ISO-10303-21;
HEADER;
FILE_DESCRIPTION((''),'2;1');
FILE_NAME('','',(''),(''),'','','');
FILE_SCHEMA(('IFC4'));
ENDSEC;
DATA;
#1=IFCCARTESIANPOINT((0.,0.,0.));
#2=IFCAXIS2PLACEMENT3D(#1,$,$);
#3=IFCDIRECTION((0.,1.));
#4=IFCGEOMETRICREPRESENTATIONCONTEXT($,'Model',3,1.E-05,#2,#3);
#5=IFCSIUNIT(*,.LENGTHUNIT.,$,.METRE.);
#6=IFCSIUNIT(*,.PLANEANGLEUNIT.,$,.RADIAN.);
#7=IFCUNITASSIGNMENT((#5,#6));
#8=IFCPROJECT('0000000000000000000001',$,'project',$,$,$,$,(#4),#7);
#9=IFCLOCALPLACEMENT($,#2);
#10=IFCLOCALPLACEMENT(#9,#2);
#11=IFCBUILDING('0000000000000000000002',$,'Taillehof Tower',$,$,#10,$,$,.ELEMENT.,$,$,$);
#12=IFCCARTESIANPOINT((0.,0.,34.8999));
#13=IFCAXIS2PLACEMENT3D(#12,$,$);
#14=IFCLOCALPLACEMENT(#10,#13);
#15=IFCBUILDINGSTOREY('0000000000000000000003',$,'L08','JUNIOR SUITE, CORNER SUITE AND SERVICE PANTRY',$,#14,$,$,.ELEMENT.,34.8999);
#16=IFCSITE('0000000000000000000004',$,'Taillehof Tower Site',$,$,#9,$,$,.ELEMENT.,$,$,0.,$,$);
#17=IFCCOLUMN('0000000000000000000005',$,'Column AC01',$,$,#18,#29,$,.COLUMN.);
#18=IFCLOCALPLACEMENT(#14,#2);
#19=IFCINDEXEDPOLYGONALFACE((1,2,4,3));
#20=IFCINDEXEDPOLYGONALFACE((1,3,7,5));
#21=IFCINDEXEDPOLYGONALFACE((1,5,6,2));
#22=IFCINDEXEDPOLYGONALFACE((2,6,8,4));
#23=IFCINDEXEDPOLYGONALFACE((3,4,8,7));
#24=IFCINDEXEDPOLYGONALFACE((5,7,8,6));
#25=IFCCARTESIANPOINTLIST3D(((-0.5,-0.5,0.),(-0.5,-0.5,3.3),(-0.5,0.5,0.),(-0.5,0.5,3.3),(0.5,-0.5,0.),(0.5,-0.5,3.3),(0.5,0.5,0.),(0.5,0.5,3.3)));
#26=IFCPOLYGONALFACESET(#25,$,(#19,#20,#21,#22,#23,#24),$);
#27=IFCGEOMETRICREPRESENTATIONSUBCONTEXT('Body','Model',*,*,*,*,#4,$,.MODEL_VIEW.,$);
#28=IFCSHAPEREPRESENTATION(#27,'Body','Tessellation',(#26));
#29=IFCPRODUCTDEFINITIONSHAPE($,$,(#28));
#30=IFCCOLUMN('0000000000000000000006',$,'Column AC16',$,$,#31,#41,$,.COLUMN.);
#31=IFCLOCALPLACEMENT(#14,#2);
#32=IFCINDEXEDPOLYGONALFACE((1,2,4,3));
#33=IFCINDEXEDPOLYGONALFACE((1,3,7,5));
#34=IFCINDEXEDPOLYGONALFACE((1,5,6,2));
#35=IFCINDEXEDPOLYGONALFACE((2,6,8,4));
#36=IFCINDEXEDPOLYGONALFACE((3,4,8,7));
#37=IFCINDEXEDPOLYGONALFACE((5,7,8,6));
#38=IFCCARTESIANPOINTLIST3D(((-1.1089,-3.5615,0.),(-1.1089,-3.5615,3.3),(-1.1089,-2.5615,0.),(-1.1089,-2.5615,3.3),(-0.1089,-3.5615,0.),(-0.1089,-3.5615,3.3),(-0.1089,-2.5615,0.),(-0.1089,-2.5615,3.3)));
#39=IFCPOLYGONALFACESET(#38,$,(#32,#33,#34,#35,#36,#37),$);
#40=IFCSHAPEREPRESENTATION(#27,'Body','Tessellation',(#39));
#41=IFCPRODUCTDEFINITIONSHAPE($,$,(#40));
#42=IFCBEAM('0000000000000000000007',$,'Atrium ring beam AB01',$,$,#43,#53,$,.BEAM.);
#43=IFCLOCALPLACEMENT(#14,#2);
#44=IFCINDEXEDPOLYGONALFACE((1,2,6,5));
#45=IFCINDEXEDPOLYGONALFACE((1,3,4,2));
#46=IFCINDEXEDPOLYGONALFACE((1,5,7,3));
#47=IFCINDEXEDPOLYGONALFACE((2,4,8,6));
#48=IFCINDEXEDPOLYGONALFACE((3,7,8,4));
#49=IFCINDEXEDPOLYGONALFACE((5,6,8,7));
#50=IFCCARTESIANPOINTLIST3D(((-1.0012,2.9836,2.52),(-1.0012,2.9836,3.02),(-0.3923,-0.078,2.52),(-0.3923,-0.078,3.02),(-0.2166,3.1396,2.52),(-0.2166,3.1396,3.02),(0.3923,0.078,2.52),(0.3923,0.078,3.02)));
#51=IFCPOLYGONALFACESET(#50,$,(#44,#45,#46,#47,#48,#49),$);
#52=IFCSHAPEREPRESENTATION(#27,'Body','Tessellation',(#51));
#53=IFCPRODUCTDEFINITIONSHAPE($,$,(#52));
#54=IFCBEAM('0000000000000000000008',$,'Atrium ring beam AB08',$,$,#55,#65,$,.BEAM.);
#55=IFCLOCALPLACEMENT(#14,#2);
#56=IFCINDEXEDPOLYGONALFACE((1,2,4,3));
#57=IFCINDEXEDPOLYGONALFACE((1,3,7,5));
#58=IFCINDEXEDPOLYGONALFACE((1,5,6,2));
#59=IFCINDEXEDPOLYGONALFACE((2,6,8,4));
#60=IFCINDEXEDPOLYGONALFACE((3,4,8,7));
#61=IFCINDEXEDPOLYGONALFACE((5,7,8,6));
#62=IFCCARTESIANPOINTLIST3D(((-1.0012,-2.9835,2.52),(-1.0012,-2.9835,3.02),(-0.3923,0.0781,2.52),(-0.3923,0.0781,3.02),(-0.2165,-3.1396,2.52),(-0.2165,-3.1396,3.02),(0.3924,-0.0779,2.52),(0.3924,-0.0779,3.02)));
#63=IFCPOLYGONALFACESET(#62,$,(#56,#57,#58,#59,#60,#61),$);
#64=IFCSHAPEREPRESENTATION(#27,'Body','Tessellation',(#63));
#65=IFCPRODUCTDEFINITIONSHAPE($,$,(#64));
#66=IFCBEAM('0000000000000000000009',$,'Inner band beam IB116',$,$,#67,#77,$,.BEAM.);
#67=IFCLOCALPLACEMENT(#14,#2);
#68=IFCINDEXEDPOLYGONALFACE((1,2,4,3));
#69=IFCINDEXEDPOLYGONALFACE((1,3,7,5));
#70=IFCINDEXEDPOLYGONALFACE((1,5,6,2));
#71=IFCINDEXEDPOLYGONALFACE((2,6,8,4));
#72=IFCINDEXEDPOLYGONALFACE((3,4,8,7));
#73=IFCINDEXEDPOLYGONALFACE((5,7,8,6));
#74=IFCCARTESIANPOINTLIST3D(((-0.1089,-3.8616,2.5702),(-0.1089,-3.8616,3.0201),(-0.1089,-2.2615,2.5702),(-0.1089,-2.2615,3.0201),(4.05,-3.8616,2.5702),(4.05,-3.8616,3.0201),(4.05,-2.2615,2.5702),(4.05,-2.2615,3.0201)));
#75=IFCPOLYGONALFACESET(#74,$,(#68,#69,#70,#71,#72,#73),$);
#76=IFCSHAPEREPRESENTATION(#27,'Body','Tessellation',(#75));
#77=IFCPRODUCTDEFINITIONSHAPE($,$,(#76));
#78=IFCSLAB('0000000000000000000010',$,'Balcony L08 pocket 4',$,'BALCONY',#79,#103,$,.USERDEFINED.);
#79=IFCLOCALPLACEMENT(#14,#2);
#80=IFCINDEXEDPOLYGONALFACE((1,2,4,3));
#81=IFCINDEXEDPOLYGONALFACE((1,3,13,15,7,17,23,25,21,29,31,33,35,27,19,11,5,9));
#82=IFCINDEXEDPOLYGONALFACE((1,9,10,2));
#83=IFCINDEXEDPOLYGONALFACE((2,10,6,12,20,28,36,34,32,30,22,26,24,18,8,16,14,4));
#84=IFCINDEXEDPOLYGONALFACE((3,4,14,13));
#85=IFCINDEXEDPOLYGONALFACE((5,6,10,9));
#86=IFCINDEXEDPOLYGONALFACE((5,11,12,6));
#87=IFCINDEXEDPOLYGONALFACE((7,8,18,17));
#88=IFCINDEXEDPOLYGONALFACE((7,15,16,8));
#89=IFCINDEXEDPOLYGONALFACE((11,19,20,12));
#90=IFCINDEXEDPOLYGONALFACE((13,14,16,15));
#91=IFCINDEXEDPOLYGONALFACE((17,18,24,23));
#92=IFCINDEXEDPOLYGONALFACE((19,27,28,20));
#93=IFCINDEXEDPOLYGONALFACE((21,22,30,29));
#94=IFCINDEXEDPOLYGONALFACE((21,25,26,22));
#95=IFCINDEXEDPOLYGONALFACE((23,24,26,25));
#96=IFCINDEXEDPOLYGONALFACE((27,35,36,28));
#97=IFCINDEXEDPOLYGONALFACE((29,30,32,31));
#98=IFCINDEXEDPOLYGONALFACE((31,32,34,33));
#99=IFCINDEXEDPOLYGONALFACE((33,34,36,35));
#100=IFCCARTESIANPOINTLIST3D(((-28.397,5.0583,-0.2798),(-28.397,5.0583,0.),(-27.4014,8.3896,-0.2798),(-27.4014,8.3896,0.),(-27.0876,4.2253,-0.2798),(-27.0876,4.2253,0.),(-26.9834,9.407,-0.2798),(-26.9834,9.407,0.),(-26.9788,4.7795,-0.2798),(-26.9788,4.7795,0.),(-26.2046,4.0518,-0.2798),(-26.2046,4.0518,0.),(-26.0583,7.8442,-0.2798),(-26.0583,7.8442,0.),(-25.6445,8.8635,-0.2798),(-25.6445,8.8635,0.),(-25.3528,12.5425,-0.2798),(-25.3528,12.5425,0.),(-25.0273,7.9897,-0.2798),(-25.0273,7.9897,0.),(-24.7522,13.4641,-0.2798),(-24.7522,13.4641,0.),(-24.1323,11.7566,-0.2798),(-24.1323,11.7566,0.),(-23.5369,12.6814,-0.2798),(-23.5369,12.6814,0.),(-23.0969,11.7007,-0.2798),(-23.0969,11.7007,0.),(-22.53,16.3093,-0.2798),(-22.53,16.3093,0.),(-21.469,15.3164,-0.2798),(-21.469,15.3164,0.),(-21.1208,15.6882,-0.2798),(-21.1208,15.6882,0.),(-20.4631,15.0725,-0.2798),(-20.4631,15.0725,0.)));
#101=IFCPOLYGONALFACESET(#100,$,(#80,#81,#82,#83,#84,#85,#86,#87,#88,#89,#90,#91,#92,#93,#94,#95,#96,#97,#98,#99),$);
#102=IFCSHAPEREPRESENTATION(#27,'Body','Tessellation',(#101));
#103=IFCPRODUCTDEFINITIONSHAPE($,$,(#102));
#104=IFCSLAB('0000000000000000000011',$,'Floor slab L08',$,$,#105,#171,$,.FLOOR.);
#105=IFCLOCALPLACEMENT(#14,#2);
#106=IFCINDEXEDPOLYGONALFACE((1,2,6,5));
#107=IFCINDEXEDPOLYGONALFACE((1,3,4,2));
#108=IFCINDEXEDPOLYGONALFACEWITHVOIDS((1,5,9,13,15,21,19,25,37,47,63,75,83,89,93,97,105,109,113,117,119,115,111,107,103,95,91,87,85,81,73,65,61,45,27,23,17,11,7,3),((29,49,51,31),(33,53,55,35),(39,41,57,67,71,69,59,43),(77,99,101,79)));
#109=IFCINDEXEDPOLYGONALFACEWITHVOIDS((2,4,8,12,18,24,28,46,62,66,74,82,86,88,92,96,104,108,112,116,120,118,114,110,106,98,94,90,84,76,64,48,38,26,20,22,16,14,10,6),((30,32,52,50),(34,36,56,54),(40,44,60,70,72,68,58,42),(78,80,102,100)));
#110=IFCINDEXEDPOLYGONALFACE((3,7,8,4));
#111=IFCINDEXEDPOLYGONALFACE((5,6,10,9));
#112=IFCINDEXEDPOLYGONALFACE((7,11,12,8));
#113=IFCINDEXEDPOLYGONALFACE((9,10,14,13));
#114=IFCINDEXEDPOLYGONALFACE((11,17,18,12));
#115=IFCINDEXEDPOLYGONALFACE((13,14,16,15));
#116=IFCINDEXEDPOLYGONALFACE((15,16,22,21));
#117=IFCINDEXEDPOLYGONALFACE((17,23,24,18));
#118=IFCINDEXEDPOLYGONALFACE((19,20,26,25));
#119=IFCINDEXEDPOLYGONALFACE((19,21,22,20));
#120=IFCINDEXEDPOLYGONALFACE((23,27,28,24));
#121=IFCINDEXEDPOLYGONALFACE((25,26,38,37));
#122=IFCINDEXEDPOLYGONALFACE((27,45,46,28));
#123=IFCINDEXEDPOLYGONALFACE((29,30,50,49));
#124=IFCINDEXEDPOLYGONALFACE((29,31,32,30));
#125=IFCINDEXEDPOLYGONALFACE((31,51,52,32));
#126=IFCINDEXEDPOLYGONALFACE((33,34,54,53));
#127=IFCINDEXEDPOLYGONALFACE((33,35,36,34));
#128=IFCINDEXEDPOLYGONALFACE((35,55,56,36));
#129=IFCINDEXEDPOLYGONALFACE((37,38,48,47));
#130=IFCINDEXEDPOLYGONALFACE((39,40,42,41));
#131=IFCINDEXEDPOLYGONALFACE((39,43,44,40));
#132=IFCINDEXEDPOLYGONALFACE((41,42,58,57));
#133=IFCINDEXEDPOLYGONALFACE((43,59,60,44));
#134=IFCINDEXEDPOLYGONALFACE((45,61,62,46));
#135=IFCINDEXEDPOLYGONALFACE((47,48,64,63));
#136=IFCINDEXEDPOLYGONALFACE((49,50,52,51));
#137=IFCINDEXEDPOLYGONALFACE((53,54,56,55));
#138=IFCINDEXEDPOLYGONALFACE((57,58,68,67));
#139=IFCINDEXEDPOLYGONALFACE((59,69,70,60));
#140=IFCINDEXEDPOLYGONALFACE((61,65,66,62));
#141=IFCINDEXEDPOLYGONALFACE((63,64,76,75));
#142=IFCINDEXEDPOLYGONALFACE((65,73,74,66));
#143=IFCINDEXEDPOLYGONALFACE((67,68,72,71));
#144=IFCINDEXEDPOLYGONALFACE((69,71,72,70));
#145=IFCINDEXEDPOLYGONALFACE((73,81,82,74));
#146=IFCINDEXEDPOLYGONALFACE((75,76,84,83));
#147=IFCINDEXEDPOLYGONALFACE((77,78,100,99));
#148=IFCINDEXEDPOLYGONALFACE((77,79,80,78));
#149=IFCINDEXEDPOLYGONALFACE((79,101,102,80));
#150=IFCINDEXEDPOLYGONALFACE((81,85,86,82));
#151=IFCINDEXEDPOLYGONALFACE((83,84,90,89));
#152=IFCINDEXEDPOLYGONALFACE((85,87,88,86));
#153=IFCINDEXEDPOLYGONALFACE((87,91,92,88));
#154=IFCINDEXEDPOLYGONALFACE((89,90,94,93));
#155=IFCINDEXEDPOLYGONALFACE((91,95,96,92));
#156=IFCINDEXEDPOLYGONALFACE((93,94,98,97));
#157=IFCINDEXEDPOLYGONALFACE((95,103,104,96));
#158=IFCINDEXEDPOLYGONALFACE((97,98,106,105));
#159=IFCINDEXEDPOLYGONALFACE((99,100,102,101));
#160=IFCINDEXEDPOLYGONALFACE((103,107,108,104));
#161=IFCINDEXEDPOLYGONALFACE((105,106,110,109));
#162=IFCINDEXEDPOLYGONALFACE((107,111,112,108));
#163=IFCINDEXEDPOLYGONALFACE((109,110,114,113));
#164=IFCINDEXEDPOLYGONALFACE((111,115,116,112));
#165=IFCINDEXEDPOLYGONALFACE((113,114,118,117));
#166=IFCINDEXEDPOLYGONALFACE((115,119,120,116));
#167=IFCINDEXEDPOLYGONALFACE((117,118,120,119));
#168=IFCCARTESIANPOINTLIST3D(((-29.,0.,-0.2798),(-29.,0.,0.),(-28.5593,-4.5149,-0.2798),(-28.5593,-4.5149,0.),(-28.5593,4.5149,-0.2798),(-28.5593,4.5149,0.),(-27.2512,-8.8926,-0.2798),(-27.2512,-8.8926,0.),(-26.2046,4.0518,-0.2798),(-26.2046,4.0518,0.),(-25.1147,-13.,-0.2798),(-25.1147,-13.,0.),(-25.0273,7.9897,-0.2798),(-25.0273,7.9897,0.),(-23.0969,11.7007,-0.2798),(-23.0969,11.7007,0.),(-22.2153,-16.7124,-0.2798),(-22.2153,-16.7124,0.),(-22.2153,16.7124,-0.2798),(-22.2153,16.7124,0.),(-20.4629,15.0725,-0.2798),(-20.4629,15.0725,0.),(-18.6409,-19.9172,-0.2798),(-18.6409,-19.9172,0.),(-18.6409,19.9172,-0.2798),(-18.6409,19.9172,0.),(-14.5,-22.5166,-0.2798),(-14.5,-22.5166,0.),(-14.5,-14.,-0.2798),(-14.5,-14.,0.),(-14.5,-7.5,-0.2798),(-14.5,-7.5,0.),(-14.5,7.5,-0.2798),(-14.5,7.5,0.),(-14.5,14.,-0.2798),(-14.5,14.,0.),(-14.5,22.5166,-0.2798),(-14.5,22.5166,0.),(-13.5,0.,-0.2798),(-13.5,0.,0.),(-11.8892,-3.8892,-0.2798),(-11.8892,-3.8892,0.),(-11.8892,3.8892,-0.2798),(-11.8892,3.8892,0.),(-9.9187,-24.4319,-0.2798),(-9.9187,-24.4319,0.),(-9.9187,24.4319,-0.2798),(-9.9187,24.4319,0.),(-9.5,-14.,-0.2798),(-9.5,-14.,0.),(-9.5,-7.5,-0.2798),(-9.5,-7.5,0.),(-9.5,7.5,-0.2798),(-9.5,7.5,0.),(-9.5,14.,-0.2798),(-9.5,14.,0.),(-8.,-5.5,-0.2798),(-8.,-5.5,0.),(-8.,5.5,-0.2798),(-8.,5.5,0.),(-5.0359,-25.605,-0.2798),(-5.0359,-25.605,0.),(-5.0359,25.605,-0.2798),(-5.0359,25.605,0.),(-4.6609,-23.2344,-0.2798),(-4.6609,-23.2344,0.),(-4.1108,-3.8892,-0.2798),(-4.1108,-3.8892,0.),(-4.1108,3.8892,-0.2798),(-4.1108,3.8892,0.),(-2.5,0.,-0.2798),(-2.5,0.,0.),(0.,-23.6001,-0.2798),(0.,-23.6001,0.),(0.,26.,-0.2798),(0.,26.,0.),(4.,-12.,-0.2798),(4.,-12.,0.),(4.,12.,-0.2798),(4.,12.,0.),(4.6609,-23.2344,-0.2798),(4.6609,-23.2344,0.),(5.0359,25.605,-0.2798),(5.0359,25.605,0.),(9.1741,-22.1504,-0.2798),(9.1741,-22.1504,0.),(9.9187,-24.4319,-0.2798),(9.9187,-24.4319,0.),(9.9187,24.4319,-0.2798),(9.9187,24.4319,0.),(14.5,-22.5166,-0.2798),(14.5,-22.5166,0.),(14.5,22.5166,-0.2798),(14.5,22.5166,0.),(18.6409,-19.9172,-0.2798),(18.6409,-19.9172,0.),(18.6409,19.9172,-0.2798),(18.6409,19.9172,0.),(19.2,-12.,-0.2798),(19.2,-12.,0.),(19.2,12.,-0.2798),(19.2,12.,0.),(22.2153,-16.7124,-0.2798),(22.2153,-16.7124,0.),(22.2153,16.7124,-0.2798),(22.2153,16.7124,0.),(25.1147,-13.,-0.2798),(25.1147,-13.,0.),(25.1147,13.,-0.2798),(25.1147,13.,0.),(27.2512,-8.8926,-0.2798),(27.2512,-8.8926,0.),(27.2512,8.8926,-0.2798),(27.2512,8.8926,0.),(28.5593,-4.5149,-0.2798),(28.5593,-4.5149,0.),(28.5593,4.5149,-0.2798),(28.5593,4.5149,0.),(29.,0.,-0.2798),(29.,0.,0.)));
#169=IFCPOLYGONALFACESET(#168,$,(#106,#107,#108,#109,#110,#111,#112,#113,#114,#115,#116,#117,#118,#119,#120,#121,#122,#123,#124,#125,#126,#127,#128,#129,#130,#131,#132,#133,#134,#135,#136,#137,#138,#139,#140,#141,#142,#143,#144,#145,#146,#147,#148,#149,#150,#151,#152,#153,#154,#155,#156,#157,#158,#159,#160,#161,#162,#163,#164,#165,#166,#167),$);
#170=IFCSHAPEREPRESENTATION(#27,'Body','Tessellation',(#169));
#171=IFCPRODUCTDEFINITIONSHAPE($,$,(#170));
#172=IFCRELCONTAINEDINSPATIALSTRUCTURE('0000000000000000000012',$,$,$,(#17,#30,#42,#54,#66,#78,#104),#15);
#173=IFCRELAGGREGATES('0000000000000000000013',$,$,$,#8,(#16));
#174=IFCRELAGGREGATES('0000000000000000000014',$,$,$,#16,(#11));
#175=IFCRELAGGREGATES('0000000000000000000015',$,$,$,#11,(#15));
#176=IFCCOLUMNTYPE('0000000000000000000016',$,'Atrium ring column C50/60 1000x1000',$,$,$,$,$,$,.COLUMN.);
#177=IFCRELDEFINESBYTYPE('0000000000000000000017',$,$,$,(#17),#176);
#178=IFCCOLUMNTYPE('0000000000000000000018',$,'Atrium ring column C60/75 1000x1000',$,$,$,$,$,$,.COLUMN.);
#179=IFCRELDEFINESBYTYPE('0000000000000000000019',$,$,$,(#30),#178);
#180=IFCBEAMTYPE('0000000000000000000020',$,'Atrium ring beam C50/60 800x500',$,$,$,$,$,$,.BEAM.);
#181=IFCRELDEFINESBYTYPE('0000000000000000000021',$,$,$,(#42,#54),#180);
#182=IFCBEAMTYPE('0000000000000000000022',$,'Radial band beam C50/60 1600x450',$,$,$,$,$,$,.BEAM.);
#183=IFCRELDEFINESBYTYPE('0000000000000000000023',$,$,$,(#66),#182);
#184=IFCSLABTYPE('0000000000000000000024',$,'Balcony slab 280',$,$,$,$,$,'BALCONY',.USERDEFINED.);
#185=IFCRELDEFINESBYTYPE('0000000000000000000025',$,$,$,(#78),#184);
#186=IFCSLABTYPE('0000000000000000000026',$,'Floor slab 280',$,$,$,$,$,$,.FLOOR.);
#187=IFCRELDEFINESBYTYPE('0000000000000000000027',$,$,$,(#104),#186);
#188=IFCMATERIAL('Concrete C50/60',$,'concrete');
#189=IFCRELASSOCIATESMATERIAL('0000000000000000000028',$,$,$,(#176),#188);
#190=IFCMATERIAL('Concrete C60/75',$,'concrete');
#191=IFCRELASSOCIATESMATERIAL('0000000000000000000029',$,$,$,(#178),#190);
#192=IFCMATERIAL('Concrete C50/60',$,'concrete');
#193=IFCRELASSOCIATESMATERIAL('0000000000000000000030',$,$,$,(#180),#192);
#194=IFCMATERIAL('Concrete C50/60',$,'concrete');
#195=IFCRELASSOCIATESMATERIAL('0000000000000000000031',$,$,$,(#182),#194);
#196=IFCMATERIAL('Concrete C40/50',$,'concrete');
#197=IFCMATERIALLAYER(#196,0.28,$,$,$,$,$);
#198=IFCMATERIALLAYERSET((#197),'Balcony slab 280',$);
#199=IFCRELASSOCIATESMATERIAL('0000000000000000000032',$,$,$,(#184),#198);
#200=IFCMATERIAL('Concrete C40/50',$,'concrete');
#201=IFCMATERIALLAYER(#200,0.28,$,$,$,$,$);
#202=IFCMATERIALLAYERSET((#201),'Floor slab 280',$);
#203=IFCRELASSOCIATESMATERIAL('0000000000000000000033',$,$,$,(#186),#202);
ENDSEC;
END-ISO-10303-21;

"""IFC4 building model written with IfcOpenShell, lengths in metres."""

from ifc_helpers import new_model, si_unit, direction, frame, origin, origin_with_axes, origin_2d, place, context, subcontext, project, spatial, polyline, rectangle, outline, extrude, material, layer, layer_set, material_profile, profile_set, type_object, element, save


model = new_model("IFC4")

# Units and contexts
model_context = context("Model", 3, precision=1e-05, world=origin(), true_north=direction((0.0, 1.0)))
body_context = subcontext(model_context, "Body", "Model", "MODEL_VIEW")
ifc_project = project(units=[si_unit("LENGTHUNIT", "METRE"), si_unit("PLANEANGLEUNIT", "RADIAN")], contexts=[model_context])

# Site, building, storey
site_placement = place(None, origin())
site = spatial("IfcSite", under=ifc_project, at=site_placement, Name="Taillehof Tower Site", CompositionType="ELEMENT", RefElevation=0.0)
building_placement = place(site_placement, origin())
building = spatial("IfcBuilding", under=site, at=building_placement, Name="Taillehof Tower", CompositionType="ELEMENT")
storey_placement = place(building_placement, frame((0.0, 0.0, 34.8999)))
storey = spatial("IfcBuildingStorey", under=building, at=storey_placement, Name="L08", Description="JUNIOR SUITE, CORNER SUITE AND SERVICE PANTRY", CompositionType="ELEMENT", Elevation=34.8999)

# Columns
ifc_material_1 = material(Name="Concrete C50/60", Category="concrete")
ifc_material_profile_1 = material_profile(ifc_material_1, rectangle(XDim=1.0, YDim=1.0, at=origin_2d()), Name="RC 1000x1000")
ifc_profile_set_1 = profile_set([ifc_material_profile_1], Name="Concrete C50/60")
column_type_1 = type_object("IfcColumnType", Name="Atrium ring column C50/60 1000x1000", PredefinedType="COLUMN", material=ifc_profile_set_1)
column_1_placement = place(storey_placement, origin_with_axes())
element("IfcColumn", 1, at=column_1_placement, inside=storey, type_object=column_type_1, Name="Column AC01", PredefinedType="COLUMN", context=body_context, shape_type="SweptSolid", body=[
    extrude(rectangle(XDim=1.0, YDim=1.0, at=origin_2d()), origin(), (0.0, 0.0, 1.0), 3.3),
])
ifc_material_2 = material(Name="Concrete C60/75", Category="concrete")
ifc_material_profile_2 = material_profile(ifc_material_2, rectangle(XDim=1.0, YDim=1.0, at=origin_2d()), Name="RC 1000x1000")
ifc_profile_set_2 = profile_set([ifc_material_profile_2], Name="Concrete C60/75")
column_type_2 = type_object("IfcColumnType", Name="Atrium ring column C60/75 1000x1000", PredefinedType="COLUMN", material=ifc_profile_set_2)
column_2_placement = place(storey_placement, frame((-0.6089, -3.0615, 0.0), z_axis=(0.0, 0.0, 1.0), x_axis=(1.0, 0.0, 0.0)))
element("IfcColumn", 2, at=column_2_placement, inside=storey, type_object=column_type_2, Name="Column AC16", PredefinedType="COLUMN", context=body_context, shape_type="SweptSolid", body=[
    extrude(rectangle(XDim=1.0, YDim=1.0, at=origin_2d()), origin(), (0.0, 0.0, 1.0), 3.3),
])

# Beams
ifc_material_3 = material(Name="Concrete C50/60", Category="concrete")
ifc_material_profile_3 = material_profile(ifc_material_3, rectangle(XDim=0.8, YDim=0.5, at=origin_2d()), Name="RC 800x500")
ifc_profile_set_3 = profile_set([ifc_material_profile_3], Name="Concrete C50/60")
beam_type_1 = type_object("IfcBeamType", Name="Atrium ring beam C50/60 800x500", PredefinedType="BEAM", material=ifc_profile_set_3)
for number, where, z_axis, x_axis, name in (
    (3, (0.0, 0.0, 2.77), (-0.195063, 0.980791, 0.0), (-0.980791, -0.195063, 0.0), "Atrium ring beam AB01"),
    (4, (-0.6089, -3.0615, 2.77), (0.195063, 0.980791, 0.0), (-0.980791, 0.195063, 0.0), "Atrium ring beam AB08"),
):
    element("IfcBeam", number, at=place(storey_placement, frame(where, z_axis=z_axis, x_axis=x_axis)), inside=storey, type_object=beam_type_1, Name=name, PredefinedType="BEAM", context=body_context, shape_type="SweptSolid", body=[
        extrude(rectangle(XDim=0.8, YDim=0.5, at=origin_2d()), origin(), (0.0, 0.0, 1.0), 3.1216),
    ])
ifc_material_4 = material(Name="Concrete C50/60", Category="concrete")
ifc_material_profile_4 = material_profile(ifc_material_4, rectangle(XDim=1.6001, YDim=0.45, at=origin_2d()), Name="RC 1600x450")
ifc_profile_set_4 = profile_set([ifc_material_profile_4], Name="Concrete C50/60")
beam_type_2 = type_object("IfcBeamType", Name="Radial band beam C50/60 1600x450", PredefinedType="BEAM", material=ifc_profile_set_4)
beam_placement = place(storey_placement, frame((-0.1089, -3.0615, 2.7952), z_axis=(1.0, 0.0, 0.0), x_axis=(0.0, 1.0, 0.0)))
element("IfcBeam", 5, at=beam_placement, inside=storey, type_object=beam_type_2, Name="Inner band beam IB116", PredefinedType="BEAM", context=body_context, shape_type="SweptSolid", body=[
    extrude(rectangle(XDim=1.6001, YDim=0.45, at=origin_2d()), origin(), (0.0, 0.0, 1.0), 4.1589),
])

# Slabs
ifc_material_5 = material(Name="Concrete C40/50", Category="concrete")
ifc_layer_1 = layer(ifc_material_5, 0.28)
ifc_layer_set_1 = layer_set([ifc_layer_1], Name="Balcony slab 280")
slab_type_1 = type_object("IfcSlabType", Name="Balcony slab 280", ElementType="BALCONY", PredefinedType="USERDEFINED", material=ifc_layer_set_1)
slab_1_placement = place(storey_placement, frame((0.0, 0.0, -0.2798)))
element("IfcSlab", 6, at=slab_1_placement, inside=storey, type_object=slab_type_1, Name="Balcony L08 pocket 4", ObjectType="BALCONY", PredefinedType="USERDEFINED", context=body_context, shape_type="SweptSolid", body=[
    extrude(outline(polyline([(-26.2046, 4.0518), (-27.0876, 4.2253), (-26.9788, 4.7795), (-28.397, 5.0583), (-27.4014, 8.3896), (-26.0583, 7.8442), (-25.6445, 8.8635), (-26.9834, 9.407), (-25.3528, 12.5425), (-24.1323, 11.7566), (-23.5369, 12.6814), (-24.7522, 13.4641), (-22.53, 16.3093), (-21.469, 15.3164), (-21.1208, 15.6882), (-20.4631, 15.0725), (-23.0969, 11.7007), (-25.0273, 7.9897), (-26.2046, 4.0518)])), origin(), (0.0, 0.0, 1.0), 0.2798),
])
ifc_material_6 = material(Name="Concrete C40/50", Category="concrete")
ifc_layer_2 = layer(ifc_material_6, 0.28)
ifc_layer_set_2 = layer_set([ifc_layer_2], Name="Floor slab 280")
slab_type_2 = type_object("IfcSlabType", Name="Floor slab 280", PredefinedType="FLOOR", material=ifc_layer_set_2)
slab_2_placement = place(storey_placement, frame((0.0, 0.0, -0.2798)))
element("IfcSlab", 7, at=slab_2_placement, inside=storey, type_object=slab_type_2, Name="Floor slab L08", PredefinedType="FLOOR", context=body_context, shape_type="SweptSolid", body=[
    extrude(outline(polyline([(29.0, 0.0), (28.5593, 4.5149), (27.2512, 8.8926), (25.1147, 13.0), (22.2153, 16.7124), (18.6409, 19.9172), (14.5, 22.5166), (9.9187, 24.4319), (5.0359, 25.605), (0.0, 26.0), (-5.0359, 25.605), (-9.9187, 24.4319), (-14.5, 22.5166), (-18.6409, 19.9172), (-22.2153, 16.7124), (-20.4629, 15.0725), (-23.0969, 11.7007), (-25.0273, 7.9897), (-26.2046, 4.0518), (-28.5593, 4.5149), (-29.0, 0.0), (-28.5593, -4.5149), (-27.2512, -8.8926), (-25.1147, -13.0), (-22.2153, -16.7124), (-18.6409, -19.9172), (-14.5, -22.5166), (-9.9187, -24.4319), (-5.0359, -25.605), (-4.6609, -23.2344), (0.0, -23.6001), (4.6609, -23.2344), (9.1741, -22.1504), (9.9187, -24.4319), (14.5, -22.5166), (18.6409, -19.9172), (22.2153, -16.7124), (25.1147, -13.0), (27.2512, -8.8926), (28.5593, -4.5149), (29.0, 0.0)]), holes=[polyline([(-14.5, -7.5), (-9.5, -7.5), (-9.5, -14.0), (-14.5, -14.0), (-14.5, -7.5)]), polyline([(-8.0, -5.5), (-11.8892, -3.8892), (-13.5, 0.0), (-11.8892, 3.8892), (-8.0, 5.5), (-4.1108, 3.8892), (-2.5, 0.0), (-4.1108, -3.8892), (-8.0, -5.5)]), polyline([(19.2, 12.0), (19.2, -12.0), (4.0, -12.0), (4.0, 12.0), (19.2, 12.0)]), polyline([(-14.5, 14.0), (-9.5, 14.0), (-9.5, 7.5), (-14.5, 7.5), (-14.5, 14.0)])]), origin(), (0.0, 0.0, 1.0), 0.2798),
])

save(model, "model.ifc")
